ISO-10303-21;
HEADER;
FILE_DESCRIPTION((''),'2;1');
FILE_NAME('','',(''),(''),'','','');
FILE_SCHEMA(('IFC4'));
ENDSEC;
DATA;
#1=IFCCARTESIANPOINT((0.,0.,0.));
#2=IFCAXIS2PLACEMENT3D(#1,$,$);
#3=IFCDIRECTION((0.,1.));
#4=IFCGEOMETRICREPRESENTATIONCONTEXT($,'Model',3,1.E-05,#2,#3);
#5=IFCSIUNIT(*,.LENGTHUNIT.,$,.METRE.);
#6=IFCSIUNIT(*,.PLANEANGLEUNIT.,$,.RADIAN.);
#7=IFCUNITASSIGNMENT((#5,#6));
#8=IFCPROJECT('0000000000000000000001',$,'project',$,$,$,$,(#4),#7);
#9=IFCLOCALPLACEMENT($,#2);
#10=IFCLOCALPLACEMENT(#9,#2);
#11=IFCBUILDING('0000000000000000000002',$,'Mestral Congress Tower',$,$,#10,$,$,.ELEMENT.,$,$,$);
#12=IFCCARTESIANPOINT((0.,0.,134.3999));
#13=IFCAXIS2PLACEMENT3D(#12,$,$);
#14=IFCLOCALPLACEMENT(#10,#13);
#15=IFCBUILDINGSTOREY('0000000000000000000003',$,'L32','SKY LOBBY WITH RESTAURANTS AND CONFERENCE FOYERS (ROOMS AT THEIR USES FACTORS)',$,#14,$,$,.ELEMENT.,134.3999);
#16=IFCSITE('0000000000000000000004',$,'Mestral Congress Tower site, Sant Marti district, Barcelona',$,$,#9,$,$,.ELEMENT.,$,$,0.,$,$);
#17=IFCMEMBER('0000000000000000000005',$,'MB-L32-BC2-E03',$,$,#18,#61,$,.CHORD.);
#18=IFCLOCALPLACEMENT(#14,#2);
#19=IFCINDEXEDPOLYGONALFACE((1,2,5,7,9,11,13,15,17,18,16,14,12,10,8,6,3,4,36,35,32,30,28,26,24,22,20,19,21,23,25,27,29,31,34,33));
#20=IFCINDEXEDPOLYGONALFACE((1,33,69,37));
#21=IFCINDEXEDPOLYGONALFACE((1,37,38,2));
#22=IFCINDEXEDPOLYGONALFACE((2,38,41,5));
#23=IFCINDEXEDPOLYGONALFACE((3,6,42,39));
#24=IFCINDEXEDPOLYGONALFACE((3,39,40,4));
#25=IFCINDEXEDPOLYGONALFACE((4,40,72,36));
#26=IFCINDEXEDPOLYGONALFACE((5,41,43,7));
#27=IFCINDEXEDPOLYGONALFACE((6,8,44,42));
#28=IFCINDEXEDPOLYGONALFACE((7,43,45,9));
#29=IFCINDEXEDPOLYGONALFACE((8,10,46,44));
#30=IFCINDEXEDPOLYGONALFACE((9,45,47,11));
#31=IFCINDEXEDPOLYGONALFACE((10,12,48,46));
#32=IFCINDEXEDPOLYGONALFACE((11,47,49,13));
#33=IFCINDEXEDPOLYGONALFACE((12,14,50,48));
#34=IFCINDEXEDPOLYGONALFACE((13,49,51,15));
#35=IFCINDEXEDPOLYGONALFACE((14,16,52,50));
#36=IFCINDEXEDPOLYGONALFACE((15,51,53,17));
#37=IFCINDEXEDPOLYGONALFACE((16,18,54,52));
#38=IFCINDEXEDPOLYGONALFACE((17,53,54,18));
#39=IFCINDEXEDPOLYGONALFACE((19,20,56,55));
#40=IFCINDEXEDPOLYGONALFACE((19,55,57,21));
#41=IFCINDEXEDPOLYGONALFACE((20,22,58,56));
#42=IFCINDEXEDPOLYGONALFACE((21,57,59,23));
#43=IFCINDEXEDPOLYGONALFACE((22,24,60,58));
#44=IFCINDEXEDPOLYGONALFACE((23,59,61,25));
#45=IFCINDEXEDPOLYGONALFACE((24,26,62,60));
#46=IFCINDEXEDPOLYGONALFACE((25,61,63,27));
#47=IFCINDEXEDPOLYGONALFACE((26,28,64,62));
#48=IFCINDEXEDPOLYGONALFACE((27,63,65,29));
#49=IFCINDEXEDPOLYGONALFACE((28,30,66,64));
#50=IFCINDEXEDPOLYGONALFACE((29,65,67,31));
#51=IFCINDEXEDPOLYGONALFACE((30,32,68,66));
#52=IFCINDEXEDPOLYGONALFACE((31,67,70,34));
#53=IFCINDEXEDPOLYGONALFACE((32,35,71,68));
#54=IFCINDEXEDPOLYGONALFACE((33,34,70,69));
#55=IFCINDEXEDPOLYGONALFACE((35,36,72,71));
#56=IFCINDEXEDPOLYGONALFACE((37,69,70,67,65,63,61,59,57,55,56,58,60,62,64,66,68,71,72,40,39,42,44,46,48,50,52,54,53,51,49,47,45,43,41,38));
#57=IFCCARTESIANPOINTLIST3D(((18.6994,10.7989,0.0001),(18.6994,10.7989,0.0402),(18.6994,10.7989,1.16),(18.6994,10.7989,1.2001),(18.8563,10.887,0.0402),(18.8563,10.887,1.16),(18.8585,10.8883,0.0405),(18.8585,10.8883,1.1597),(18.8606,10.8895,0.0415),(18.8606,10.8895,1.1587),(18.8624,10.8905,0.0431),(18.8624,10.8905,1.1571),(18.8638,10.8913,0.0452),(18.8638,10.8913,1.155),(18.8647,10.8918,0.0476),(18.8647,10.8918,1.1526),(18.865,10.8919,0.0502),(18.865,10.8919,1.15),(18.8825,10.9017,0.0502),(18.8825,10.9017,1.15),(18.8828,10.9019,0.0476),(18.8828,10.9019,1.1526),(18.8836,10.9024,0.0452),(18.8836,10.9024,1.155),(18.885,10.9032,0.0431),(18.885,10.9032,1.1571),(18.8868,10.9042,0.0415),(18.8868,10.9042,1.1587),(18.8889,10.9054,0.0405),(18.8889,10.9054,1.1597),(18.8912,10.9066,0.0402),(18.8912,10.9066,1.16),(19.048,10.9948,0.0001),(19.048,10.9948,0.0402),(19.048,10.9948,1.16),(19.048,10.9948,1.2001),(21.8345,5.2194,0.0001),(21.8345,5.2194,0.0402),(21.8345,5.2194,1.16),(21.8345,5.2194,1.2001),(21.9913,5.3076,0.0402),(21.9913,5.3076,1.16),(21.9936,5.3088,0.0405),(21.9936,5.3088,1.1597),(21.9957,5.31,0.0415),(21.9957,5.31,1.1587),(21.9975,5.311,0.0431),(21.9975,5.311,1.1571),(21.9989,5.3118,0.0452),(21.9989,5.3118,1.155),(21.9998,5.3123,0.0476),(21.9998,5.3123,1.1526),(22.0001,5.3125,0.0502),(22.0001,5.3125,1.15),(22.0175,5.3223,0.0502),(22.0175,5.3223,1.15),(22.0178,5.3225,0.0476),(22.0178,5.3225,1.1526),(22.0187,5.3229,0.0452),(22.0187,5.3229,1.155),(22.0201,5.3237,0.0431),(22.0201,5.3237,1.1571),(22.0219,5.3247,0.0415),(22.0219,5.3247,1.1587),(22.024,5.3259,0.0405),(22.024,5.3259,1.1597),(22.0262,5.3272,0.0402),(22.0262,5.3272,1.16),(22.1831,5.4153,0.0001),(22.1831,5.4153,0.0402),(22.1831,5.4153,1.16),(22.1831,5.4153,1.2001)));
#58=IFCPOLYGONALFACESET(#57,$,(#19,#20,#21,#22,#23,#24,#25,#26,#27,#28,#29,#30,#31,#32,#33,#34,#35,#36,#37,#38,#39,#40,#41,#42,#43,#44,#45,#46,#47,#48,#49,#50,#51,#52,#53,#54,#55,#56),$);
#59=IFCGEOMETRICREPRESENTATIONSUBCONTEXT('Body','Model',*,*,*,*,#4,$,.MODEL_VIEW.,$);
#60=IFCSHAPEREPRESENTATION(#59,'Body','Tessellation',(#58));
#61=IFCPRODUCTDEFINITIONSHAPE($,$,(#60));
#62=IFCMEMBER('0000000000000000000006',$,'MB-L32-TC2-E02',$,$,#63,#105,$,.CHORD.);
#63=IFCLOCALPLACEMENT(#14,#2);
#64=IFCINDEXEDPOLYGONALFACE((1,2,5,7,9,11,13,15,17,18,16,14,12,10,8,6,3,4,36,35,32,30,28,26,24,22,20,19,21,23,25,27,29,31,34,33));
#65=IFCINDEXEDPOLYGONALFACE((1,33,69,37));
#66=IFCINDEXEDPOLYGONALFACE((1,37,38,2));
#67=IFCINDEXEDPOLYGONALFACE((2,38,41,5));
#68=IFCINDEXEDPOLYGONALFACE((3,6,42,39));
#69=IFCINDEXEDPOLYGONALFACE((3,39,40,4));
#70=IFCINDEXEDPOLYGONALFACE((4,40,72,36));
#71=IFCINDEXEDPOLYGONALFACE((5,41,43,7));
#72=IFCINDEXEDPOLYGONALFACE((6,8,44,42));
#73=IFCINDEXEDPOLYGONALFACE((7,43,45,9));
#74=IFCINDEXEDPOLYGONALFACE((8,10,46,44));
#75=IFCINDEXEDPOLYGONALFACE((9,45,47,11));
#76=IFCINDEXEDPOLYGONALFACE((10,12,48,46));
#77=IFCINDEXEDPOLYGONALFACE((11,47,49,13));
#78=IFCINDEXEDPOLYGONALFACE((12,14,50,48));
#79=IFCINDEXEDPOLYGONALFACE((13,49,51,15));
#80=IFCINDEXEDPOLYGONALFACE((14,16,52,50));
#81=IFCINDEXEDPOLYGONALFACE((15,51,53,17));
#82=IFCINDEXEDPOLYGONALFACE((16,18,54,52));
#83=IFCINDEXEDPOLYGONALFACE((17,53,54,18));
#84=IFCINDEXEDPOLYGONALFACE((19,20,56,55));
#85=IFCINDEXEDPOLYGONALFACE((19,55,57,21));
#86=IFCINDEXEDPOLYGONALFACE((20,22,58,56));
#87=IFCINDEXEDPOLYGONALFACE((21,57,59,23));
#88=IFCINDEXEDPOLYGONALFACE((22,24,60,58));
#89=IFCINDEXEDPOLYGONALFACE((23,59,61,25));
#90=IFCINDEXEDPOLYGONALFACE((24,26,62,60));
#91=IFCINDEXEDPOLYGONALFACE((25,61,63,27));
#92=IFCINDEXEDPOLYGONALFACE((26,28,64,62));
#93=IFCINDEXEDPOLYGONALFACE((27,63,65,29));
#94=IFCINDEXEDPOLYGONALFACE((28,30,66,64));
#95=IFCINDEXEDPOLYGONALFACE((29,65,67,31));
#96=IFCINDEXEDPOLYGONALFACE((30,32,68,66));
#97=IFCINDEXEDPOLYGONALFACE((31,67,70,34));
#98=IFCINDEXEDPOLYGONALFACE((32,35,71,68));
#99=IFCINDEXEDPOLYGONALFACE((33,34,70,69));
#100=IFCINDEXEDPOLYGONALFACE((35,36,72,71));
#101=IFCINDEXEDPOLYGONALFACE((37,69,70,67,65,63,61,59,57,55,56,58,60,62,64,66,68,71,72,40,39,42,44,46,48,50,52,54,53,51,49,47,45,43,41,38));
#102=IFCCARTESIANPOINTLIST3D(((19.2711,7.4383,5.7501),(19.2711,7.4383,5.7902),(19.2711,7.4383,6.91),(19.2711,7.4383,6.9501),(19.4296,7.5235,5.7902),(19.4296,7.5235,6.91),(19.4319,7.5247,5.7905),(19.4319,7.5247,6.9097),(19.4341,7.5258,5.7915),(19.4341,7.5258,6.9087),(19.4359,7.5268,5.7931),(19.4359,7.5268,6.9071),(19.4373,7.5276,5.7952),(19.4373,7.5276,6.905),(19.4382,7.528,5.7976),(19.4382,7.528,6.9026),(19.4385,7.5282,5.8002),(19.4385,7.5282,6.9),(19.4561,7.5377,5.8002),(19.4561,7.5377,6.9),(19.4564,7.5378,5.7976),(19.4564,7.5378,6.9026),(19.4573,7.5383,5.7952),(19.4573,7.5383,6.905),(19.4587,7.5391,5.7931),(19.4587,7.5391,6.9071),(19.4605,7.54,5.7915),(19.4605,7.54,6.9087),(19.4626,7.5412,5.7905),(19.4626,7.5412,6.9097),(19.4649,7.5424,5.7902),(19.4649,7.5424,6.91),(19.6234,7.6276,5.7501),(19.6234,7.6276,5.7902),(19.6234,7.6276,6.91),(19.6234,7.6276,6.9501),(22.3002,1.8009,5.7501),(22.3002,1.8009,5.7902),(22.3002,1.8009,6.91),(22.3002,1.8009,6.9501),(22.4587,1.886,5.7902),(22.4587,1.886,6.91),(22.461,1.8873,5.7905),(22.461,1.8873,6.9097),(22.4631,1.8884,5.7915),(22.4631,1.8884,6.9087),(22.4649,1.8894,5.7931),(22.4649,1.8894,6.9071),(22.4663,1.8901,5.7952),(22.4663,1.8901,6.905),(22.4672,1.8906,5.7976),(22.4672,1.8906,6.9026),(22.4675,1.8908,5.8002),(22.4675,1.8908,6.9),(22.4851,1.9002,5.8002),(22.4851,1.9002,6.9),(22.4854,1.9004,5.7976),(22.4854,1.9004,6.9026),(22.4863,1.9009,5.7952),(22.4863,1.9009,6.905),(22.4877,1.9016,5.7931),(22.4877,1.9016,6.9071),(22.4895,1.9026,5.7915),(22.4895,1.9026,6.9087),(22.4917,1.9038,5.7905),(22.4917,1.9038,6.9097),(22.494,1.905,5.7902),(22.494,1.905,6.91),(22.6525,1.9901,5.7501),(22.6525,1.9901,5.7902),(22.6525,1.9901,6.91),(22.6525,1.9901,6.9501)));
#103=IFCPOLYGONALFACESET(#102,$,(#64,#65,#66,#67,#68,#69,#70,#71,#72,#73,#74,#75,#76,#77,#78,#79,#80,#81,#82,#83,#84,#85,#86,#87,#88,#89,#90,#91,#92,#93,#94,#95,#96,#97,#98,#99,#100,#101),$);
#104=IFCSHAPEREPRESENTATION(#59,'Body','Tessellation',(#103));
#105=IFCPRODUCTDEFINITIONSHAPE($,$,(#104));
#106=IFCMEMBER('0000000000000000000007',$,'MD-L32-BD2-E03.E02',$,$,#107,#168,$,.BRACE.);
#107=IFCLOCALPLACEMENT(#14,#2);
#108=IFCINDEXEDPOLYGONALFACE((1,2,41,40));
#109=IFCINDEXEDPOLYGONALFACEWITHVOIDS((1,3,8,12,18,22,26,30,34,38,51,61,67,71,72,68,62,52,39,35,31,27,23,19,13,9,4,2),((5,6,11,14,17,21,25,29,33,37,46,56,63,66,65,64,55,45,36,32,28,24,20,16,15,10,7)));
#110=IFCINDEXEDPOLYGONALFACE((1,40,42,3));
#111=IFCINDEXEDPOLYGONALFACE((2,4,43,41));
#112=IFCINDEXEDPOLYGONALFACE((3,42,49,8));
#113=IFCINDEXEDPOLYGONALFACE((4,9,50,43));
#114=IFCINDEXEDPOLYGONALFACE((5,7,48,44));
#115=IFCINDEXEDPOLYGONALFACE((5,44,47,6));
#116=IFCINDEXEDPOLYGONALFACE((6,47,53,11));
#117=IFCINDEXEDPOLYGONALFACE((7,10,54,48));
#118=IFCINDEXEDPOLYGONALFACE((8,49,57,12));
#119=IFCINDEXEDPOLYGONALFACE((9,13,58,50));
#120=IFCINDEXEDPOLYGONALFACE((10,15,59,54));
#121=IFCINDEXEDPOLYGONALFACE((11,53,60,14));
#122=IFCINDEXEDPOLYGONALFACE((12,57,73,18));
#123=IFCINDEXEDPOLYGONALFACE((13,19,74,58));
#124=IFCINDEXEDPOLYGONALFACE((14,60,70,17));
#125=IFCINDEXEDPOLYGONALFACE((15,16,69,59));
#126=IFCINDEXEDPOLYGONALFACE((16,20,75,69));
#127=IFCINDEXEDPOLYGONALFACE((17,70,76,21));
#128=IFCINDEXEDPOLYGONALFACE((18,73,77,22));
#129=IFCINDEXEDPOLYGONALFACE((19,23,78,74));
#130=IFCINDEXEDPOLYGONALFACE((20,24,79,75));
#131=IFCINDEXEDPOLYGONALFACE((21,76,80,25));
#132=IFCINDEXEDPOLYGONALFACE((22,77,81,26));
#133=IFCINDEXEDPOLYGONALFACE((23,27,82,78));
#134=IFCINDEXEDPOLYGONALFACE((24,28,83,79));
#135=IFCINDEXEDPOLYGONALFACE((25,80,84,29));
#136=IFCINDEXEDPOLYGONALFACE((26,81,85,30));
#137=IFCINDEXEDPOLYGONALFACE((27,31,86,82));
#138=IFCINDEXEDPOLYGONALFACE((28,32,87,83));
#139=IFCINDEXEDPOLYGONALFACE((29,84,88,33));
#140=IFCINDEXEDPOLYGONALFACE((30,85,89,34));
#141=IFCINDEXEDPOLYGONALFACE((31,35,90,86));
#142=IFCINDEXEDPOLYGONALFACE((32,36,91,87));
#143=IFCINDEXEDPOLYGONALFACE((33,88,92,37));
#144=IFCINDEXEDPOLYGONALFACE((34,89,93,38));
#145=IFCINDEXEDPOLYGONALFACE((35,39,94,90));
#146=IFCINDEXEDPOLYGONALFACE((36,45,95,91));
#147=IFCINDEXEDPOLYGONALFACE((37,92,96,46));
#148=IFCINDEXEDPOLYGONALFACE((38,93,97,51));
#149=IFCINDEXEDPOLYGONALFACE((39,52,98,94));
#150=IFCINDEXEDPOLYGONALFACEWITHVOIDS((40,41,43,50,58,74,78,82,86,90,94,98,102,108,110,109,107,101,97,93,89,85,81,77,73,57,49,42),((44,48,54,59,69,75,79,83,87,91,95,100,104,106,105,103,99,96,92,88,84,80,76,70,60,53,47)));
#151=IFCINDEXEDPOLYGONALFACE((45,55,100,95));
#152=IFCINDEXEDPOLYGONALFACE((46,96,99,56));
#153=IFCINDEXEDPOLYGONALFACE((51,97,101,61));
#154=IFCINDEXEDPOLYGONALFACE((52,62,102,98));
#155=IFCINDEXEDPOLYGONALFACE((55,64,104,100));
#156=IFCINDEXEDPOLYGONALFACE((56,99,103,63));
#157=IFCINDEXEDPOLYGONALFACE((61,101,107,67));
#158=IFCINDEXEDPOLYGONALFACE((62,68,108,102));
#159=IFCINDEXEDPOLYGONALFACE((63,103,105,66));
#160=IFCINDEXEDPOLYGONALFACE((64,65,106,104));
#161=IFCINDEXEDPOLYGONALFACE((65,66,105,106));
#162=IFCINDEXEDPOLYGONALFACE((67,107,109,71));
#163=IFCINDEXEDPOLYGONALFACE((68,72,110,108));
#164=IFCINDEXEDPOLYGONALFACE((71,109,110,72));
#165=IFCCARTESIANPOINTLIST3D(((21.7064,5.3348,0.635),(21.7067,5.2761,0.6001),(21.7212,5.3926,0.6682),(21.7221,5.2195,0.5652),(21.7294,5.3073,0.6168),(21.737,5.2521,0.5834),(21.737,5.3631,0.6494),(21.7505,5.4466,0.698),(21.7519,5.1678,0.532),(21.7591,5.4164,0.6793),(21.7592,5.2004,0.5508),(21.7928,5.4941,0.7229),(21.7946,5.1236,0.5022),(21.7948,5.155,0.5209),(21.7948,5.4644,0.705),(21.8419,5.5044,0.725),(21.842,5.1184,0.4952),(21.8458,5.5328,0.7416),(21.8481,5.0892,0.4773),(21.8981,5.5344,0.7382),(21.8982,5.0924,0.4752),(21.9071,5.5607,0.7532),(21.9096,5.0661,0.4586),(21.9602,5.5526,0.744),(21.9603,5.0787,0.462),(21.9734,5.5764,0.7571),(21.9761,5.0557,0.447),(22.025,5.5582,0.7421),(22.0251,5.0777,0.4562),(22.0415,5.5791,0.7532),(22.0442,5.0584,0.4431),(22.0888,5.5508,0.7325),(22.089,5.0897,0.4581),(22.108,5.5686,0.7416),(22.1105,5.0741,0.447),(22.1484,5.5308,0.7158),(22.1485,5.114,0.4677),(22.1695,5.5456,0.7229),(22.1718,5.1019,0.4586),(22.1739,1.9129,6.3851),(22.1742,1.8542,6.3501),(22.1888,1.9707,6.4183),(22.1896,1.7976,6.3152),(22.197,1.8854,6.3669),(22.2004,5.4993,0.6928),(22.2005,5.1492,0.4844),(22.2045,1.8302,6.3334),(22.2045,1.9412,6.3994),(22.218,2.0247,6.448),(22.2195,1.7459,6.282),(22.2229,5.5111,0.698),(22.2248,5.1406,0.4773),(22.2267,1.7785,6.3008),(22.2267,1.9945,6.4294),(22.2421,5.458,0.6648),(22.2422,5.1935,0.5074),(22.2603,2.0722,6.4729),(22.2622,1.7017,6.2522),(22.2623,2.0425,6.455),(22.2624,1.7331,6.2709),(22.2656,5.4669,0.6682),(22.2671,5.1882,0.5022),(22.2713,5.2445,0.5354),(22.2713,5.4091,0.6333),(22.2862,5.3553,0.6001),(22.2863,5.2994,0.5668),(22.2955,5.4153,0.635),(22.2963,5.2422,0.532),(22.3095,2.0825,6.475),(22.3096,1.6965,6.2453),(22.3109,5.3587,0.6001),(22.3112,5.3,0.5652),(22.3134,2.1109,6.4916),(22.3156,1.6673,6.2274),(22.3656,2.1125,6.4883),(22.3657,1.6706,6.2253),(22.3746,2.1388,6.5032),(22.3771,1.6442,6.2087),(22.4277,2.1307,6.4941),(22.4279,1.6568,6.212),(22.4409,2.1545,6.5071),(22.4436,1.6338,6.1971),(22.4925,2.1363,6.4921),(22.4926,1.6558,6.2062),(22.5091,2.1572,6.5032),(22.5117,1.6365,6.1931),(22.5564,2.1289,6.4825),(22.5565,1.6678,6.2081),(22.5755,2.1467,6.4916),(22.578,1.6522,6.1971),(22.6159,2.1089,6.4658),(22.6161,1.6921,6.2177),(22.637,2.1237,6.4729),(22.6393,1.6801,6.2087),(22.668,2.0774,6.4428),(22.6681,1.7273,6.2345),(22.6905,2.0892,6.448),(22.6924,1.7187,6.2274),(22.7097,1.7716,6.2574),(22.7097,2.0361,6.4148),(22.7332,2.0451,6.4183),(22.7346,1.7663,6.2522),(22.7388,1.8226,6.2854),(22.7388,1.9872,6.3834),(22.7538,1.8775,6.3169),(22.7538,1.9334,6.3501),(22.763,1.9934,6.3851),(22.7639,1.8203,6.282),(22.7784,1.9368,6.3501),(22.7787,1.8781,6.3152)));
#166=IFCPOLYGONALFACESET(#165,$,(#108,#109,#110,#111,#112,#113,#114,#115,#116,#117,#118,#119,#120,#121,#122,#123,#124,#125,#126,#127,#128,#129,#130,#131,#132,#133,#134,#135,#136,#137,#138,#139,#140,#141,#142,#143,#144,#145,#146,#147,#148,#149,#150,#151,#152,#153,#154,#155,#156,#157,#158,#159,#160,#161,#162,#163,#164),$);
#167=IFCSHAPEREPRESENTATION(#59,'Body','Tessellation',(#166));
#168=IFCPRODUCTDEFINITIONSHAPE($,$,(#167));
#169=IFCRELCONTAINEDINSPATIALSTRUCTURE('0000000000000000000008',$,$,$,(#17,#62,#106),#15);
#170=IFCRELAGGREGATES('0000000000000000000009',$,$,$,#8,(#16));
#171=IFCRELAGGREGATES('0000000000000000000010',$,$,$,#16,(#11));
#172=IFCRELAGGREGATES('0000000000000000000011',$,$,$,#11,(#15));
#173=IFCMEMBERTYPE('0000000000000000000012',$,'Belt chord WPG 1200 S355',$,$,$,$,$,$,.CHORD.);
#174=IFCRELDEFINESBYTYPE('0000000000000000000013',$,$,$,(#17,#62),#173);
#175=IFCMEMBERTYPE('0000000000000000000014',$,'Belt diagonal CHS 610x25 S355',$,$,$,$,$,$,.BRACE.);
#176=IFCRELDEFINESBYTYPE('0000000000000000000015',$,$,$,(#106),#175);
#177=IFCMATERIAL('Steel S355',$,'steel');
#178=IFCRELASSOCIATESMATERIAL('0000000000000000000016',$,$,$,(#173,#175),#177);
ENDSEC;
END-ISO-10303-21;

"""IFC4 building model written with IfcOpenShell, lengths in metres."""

from ifc_helpers import new_model, si_unit, direction, frame, origin, origin_2d, place, context, subcontext, project, spatial, hollow_circle, i_section, extrude, material, material_profile, profile_set, type_object, element, save


model = new_model("IFC4")

# Units and contexts
model_context = context("Model", 3, precision=1e-05, world=origin(), true_north=direction((0.0, 1.0)))
body_context = subcontext(model_context, "Body", "Model", "MODEL_VIEW")
ifc_project = project(units=[si_unit("LENGTHUNIT", "METRE"), si_unit("PLANEANGLEUNIT", "RADIAN")], contexts=[model_context])

# Site, building, storey
site_placement = place(None, origin())
site = spatial("IfcSite", under=ifc_project, at=site_placement, Name="Mestral Congress Tower site, Sant Marti district, Barcelona", CompositionType="ELEMENT", RefElevation=0.0)
building_placement = place(site_placement, origin())
building = spatial("IfcBuilding", under=site, at=building_placement, Name="Mestral Congress Tower", CompositionType="ELEMENT")
storey_placement = place(building_placement, frame((0.0, 0.0, 134.3999)))
storey = spatial("IfcBuildingStorey", under=building, at=storey_placement, Name="L32", Description="SKY LOBBY WITH RESTAURANTS AND CONFERENCE FOYERS (ROOMS AT THEIR USES FACTORS)", CompositionType="ELEMENT", Elevation=134.3999)

# Members
ifc_material_1 = material(Name="Steel S355", Category="steel")
ifc_material_profile_1 = material_profile(ifc_material_1, i_section(OverallWidth=0.3999, OverallDepth=1.2, WebThickness=0.02, FlangeThickness=0.04, FilletRadius=0.01, at=origin_2d()), Name="WPG 1200")
ifc_profile_set_1 = profile_set([ifc_material_profile_1], Name="Steel S355")
member_type_1 = type_object("IfcMemberType", Name="Belt chord WPG 1200 S355", PredefinedType="CHORD", material=ifc_profile_set_1)
member_1_placement = place(storey_placement, frame((22.0088, 5.3174, 0.6001), z_axis=(-0.489861, 0.871801, 0.0), x_axis=(-0.871801, -0.489861, 0.0)))
element("IfcMember", 1, at=member_1_placement, inside=storey, type_object=member_type_1, Name="MB-L32-BC2-E03", PredefinedType="CHORD", context=body_context, shape_type="SweptSolid", body=[
    extrude(i_section(OverallWidth=0.3999, OverallDepth=1.2, WebThickness=0.02, FlangeThickness=0.04, FilletRadius=0.01, at=origin_2d()), origin(), (0.0, 0.0, 1.0), 6.3999),
])
member_2_placement = place(storey_placement, frame((22.4763, 1.8955, 6.3501), z_axis=(-0.473313, 0.880895, 0.0), x_axis=(-0.880895, -0.473313, 0.0)))
element("IfcMember", 2, at=member_2_placement, inside=storey, type_object=member_type_1, Name="MB-L32-TC2-E02", PredefinedType="CHORD", context=body_context, shape_type="SweptSolid", body=[
    extrude(i_section(OverallWidth=0.3999, OverallDepth=1.2, WebThickness=0.02, FlangeThickness=0.04, FilletRadius=0.01, at=origin_2d()), origin(), (0.0, 0.0, 1.0), 6.3997),
])
ifc_material_profile_2 = material_profile(ifc_material_1, hollow_circle(Radius=0.3049, WallThickness=0.0249, at=origin_2d()), Name="CHS 610x25")
ifc_profile_set_2 = profile_set([ifc_material_profile_2], Name="Steel S355")
member_type_2 = type_object("IfcMemberType", Name="Belt diagonal CHS 610x25 S355", PredefinedType="BRACE", material=ifc_profile_set_2)
member_3_placement = place(storey_placement, frame((22.0088, 5.3174, 0.6001), z_axis=(0.069703, -0.510158, 0.857252), x_axis=(0.990795, 0.135372, 0.0)))
element("IfcMember", 3, at=member_3_placement, inside=storey, type_object=member_type_2, Name="MD-L32-BD2-E03.E02", PredefinedType="BRACE", context=body_context, shape_type="SweptSolid", body=[
    extrude(hollow_circle(Radius=0.3049, WallThickness=0.0249, at=origin_2d()), origin(), (0.0, 0.0, 1.0), 6.7075),
])

save(model, "model.ifc")
